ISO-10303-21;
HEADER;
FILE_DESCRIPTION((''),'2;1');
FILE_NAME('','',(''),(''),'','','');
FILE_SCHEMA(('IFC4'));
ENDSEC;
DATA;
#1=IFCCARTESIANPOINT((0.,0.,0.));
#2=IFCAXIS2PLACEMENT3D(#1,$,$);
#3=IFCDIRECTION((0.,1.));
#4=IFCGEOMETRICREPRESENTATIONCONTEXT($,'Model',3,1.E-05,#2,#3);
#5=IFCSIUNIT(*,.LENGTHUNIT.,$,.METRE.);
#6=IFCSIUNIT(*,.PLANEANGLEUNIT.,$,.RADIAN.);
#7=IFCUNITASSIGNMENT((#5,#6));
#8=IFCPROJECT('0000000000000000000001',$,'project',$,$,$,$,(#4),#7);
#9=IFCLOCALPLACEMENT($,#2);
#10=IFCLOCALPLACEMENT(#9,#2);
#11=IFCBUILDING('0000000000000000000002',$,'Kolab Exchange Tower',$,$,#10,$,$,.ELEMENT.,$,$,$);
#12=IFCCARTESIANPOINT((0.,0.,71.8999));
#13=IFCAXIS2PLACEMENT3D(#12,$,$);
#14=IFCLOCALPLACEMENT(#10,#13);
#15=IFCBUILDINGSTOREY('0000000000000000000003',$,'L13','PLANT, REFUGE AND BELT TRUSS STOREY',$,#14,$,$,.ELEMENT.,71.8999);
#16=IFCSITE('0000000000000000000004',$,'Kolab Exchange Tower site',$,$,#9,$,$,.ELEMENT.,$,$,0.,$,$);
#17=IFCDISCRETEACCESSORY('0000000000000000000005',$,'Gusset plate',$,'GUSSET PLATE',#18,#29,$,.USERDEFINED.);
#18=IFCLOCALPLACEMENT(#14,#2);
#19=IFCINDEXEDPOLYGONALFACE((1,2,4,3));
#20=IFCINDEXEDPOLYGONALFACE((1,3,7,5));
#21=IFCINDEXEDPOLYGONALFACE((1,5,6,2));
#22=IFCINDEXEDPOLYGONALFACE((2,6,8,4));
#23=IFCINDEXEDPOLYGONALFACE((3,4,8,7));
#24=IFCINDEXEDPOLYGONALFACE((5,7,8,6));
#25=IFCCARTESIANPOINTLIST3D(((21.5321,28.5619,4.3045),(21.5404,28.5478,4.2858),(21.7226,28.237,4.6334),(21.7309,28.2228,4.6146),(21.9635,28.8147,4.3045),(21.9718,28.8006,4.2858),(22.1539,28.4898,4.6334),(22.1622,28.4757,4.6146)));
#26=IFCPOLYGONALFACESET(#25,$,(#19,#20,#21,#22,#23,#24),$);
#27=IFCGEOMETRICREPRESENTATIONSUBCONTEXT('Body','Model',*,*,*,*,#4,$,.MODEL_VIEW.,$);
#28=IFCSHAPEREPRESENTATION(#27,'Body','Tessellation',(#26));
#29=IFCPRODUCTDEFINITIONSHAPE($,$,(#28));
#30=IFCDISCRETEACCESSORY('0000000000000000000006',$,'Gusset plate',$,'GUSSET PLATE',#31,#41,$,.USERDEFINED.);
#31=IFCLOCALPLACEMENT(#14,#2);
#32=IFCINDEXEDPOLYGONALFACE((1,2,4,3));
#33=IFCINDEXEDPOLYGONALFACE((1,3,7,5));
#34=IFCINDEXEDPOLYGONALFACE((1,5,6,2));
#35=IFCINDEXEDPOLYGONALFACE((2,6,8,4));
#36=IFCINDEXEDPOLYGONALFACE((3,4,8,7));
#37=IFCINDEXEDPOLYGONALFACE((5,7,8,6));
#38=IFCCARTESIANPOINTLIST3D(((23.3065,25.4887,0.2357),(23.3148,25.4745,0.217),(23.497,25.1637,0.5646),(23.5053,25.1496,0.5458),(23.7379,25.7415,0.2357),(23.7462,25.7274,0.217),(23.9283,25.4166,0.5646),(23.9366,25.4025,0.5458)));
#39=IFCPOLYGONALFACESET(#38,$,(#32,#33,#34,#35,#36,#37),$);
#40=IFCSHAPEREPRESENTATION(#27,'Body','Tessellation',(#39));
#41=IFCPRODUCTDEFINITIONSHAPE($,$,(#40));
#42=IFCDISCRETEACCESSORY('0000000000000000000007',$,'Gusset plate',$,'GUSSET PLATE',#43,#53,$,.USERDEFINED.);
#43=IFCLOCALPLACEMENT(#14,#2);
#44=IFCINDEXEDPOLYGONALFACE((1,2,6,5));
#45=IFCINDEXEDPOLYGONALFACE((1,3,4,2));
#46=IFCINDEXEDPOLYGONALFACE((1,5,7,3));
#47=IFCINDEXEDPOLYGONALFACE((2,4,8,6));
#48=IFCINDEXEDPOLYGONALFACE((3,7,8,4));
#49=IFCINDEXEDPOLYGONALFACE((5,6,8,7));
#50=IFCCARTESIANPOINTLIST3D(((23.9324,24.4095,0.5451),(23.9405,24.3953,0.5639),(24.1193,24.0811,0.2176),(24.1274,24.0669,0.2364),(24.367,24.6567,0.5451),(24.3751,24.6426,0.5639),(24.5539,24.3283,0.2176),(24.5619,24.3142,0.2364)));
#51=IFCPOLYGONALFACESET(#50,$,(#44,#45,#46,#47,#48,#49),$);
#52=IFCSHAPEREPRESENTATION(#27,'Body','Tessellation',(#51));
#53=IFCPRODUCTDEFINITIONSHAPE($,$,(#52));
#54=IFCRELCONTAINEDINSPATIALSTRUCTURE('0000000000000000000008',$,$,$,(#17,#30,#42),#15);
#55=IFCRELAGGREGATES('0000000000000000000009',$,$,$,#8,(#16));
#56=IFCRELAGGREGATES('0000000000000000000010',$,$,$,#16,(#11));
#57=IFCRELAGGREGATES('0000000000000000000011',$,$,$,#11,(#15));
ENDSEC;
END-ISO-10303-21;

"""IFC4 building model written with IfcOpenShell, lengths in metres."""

from ifc_helpers import new_model, si_unit, direction, frame, origin, origin_2d, place, context, subcontext, project, spatial, rectangle, extrude, element, save


model = new_model("IFC4")

# Units and contexts
model_context = context("Model", 3, precision=1e-05, world=origin(), true_north=direction((0.0, 1.0)))
body_context = subcontext(model_context, "Body", "Model", "MODEL_VIEW")
ifc_project = project(units=[si_unit("LENGTHUNIT", "METRE"), si_unit("PLANEANGLEUNIT", "RADIAN")], contexts=[model_context])

# Site, building, storey
site_placement = place(None, origin())
site = spatial("IfcSite", under=ifc_project, at=site_placement, Name="Kolab Exchange Tower site", CompositionType="ELEMENT", RefElevation=0.0)
building_placement = place(site_placement, origin())
building = spatial("IfcBuilding", under=site, at=building_placement, Name="Kolab Exchange Tower", CompositionType="ELEMENT")
storey_placement = place(building_placement, frame((0.0, 0.0, 71.8999)))
storey = spatial("IfcBuildingStorey", under=building, at=storey_placement, Name="L13", Description="PLANT, REFUGE AND BELT TRUSS STOREY", CompositionType="ELEMENT", Elevation=71.8999)

# Discrete accessories
for number, where, z_axis, x_axis, name in (
    (1, (21.8513, 28.5117, 4.4502), (-0.332615, 0.567402, 0.753275), (-0.862698, -0.505719, 0.0), "Gusset plate"),
    (2, (23.6174, 25.4526, 0.4001), (0.332615, -0.567402, -0.753275), (0.862698, 0.505719, 0.0), "Gusset plate"),
    (3, (24.2512, 24.3547, 0.4001), (-0.323872, 0.56923, -0.755701), (-0.869164, -0.494524, 0.0), "Gusset plate"),
):
    element("IfcDiscreteAccessory", number, at=place(storey_placement, frame(where, z_axis=z_axis, x_axis=x_axis)), inside=storey, Name=name, ObjectType="GUSSET PLATE", PredefinedType="USERDEFINED", context=body_context, shape_type="SweptSolid", body=[
        extrude(rectangle(XDim=0.5, YDim=0.5, at=origin_2d()), origin(), (0.0, 0.0, 1.0), 0.0249),
    ])

save(model, "model.ifc")
